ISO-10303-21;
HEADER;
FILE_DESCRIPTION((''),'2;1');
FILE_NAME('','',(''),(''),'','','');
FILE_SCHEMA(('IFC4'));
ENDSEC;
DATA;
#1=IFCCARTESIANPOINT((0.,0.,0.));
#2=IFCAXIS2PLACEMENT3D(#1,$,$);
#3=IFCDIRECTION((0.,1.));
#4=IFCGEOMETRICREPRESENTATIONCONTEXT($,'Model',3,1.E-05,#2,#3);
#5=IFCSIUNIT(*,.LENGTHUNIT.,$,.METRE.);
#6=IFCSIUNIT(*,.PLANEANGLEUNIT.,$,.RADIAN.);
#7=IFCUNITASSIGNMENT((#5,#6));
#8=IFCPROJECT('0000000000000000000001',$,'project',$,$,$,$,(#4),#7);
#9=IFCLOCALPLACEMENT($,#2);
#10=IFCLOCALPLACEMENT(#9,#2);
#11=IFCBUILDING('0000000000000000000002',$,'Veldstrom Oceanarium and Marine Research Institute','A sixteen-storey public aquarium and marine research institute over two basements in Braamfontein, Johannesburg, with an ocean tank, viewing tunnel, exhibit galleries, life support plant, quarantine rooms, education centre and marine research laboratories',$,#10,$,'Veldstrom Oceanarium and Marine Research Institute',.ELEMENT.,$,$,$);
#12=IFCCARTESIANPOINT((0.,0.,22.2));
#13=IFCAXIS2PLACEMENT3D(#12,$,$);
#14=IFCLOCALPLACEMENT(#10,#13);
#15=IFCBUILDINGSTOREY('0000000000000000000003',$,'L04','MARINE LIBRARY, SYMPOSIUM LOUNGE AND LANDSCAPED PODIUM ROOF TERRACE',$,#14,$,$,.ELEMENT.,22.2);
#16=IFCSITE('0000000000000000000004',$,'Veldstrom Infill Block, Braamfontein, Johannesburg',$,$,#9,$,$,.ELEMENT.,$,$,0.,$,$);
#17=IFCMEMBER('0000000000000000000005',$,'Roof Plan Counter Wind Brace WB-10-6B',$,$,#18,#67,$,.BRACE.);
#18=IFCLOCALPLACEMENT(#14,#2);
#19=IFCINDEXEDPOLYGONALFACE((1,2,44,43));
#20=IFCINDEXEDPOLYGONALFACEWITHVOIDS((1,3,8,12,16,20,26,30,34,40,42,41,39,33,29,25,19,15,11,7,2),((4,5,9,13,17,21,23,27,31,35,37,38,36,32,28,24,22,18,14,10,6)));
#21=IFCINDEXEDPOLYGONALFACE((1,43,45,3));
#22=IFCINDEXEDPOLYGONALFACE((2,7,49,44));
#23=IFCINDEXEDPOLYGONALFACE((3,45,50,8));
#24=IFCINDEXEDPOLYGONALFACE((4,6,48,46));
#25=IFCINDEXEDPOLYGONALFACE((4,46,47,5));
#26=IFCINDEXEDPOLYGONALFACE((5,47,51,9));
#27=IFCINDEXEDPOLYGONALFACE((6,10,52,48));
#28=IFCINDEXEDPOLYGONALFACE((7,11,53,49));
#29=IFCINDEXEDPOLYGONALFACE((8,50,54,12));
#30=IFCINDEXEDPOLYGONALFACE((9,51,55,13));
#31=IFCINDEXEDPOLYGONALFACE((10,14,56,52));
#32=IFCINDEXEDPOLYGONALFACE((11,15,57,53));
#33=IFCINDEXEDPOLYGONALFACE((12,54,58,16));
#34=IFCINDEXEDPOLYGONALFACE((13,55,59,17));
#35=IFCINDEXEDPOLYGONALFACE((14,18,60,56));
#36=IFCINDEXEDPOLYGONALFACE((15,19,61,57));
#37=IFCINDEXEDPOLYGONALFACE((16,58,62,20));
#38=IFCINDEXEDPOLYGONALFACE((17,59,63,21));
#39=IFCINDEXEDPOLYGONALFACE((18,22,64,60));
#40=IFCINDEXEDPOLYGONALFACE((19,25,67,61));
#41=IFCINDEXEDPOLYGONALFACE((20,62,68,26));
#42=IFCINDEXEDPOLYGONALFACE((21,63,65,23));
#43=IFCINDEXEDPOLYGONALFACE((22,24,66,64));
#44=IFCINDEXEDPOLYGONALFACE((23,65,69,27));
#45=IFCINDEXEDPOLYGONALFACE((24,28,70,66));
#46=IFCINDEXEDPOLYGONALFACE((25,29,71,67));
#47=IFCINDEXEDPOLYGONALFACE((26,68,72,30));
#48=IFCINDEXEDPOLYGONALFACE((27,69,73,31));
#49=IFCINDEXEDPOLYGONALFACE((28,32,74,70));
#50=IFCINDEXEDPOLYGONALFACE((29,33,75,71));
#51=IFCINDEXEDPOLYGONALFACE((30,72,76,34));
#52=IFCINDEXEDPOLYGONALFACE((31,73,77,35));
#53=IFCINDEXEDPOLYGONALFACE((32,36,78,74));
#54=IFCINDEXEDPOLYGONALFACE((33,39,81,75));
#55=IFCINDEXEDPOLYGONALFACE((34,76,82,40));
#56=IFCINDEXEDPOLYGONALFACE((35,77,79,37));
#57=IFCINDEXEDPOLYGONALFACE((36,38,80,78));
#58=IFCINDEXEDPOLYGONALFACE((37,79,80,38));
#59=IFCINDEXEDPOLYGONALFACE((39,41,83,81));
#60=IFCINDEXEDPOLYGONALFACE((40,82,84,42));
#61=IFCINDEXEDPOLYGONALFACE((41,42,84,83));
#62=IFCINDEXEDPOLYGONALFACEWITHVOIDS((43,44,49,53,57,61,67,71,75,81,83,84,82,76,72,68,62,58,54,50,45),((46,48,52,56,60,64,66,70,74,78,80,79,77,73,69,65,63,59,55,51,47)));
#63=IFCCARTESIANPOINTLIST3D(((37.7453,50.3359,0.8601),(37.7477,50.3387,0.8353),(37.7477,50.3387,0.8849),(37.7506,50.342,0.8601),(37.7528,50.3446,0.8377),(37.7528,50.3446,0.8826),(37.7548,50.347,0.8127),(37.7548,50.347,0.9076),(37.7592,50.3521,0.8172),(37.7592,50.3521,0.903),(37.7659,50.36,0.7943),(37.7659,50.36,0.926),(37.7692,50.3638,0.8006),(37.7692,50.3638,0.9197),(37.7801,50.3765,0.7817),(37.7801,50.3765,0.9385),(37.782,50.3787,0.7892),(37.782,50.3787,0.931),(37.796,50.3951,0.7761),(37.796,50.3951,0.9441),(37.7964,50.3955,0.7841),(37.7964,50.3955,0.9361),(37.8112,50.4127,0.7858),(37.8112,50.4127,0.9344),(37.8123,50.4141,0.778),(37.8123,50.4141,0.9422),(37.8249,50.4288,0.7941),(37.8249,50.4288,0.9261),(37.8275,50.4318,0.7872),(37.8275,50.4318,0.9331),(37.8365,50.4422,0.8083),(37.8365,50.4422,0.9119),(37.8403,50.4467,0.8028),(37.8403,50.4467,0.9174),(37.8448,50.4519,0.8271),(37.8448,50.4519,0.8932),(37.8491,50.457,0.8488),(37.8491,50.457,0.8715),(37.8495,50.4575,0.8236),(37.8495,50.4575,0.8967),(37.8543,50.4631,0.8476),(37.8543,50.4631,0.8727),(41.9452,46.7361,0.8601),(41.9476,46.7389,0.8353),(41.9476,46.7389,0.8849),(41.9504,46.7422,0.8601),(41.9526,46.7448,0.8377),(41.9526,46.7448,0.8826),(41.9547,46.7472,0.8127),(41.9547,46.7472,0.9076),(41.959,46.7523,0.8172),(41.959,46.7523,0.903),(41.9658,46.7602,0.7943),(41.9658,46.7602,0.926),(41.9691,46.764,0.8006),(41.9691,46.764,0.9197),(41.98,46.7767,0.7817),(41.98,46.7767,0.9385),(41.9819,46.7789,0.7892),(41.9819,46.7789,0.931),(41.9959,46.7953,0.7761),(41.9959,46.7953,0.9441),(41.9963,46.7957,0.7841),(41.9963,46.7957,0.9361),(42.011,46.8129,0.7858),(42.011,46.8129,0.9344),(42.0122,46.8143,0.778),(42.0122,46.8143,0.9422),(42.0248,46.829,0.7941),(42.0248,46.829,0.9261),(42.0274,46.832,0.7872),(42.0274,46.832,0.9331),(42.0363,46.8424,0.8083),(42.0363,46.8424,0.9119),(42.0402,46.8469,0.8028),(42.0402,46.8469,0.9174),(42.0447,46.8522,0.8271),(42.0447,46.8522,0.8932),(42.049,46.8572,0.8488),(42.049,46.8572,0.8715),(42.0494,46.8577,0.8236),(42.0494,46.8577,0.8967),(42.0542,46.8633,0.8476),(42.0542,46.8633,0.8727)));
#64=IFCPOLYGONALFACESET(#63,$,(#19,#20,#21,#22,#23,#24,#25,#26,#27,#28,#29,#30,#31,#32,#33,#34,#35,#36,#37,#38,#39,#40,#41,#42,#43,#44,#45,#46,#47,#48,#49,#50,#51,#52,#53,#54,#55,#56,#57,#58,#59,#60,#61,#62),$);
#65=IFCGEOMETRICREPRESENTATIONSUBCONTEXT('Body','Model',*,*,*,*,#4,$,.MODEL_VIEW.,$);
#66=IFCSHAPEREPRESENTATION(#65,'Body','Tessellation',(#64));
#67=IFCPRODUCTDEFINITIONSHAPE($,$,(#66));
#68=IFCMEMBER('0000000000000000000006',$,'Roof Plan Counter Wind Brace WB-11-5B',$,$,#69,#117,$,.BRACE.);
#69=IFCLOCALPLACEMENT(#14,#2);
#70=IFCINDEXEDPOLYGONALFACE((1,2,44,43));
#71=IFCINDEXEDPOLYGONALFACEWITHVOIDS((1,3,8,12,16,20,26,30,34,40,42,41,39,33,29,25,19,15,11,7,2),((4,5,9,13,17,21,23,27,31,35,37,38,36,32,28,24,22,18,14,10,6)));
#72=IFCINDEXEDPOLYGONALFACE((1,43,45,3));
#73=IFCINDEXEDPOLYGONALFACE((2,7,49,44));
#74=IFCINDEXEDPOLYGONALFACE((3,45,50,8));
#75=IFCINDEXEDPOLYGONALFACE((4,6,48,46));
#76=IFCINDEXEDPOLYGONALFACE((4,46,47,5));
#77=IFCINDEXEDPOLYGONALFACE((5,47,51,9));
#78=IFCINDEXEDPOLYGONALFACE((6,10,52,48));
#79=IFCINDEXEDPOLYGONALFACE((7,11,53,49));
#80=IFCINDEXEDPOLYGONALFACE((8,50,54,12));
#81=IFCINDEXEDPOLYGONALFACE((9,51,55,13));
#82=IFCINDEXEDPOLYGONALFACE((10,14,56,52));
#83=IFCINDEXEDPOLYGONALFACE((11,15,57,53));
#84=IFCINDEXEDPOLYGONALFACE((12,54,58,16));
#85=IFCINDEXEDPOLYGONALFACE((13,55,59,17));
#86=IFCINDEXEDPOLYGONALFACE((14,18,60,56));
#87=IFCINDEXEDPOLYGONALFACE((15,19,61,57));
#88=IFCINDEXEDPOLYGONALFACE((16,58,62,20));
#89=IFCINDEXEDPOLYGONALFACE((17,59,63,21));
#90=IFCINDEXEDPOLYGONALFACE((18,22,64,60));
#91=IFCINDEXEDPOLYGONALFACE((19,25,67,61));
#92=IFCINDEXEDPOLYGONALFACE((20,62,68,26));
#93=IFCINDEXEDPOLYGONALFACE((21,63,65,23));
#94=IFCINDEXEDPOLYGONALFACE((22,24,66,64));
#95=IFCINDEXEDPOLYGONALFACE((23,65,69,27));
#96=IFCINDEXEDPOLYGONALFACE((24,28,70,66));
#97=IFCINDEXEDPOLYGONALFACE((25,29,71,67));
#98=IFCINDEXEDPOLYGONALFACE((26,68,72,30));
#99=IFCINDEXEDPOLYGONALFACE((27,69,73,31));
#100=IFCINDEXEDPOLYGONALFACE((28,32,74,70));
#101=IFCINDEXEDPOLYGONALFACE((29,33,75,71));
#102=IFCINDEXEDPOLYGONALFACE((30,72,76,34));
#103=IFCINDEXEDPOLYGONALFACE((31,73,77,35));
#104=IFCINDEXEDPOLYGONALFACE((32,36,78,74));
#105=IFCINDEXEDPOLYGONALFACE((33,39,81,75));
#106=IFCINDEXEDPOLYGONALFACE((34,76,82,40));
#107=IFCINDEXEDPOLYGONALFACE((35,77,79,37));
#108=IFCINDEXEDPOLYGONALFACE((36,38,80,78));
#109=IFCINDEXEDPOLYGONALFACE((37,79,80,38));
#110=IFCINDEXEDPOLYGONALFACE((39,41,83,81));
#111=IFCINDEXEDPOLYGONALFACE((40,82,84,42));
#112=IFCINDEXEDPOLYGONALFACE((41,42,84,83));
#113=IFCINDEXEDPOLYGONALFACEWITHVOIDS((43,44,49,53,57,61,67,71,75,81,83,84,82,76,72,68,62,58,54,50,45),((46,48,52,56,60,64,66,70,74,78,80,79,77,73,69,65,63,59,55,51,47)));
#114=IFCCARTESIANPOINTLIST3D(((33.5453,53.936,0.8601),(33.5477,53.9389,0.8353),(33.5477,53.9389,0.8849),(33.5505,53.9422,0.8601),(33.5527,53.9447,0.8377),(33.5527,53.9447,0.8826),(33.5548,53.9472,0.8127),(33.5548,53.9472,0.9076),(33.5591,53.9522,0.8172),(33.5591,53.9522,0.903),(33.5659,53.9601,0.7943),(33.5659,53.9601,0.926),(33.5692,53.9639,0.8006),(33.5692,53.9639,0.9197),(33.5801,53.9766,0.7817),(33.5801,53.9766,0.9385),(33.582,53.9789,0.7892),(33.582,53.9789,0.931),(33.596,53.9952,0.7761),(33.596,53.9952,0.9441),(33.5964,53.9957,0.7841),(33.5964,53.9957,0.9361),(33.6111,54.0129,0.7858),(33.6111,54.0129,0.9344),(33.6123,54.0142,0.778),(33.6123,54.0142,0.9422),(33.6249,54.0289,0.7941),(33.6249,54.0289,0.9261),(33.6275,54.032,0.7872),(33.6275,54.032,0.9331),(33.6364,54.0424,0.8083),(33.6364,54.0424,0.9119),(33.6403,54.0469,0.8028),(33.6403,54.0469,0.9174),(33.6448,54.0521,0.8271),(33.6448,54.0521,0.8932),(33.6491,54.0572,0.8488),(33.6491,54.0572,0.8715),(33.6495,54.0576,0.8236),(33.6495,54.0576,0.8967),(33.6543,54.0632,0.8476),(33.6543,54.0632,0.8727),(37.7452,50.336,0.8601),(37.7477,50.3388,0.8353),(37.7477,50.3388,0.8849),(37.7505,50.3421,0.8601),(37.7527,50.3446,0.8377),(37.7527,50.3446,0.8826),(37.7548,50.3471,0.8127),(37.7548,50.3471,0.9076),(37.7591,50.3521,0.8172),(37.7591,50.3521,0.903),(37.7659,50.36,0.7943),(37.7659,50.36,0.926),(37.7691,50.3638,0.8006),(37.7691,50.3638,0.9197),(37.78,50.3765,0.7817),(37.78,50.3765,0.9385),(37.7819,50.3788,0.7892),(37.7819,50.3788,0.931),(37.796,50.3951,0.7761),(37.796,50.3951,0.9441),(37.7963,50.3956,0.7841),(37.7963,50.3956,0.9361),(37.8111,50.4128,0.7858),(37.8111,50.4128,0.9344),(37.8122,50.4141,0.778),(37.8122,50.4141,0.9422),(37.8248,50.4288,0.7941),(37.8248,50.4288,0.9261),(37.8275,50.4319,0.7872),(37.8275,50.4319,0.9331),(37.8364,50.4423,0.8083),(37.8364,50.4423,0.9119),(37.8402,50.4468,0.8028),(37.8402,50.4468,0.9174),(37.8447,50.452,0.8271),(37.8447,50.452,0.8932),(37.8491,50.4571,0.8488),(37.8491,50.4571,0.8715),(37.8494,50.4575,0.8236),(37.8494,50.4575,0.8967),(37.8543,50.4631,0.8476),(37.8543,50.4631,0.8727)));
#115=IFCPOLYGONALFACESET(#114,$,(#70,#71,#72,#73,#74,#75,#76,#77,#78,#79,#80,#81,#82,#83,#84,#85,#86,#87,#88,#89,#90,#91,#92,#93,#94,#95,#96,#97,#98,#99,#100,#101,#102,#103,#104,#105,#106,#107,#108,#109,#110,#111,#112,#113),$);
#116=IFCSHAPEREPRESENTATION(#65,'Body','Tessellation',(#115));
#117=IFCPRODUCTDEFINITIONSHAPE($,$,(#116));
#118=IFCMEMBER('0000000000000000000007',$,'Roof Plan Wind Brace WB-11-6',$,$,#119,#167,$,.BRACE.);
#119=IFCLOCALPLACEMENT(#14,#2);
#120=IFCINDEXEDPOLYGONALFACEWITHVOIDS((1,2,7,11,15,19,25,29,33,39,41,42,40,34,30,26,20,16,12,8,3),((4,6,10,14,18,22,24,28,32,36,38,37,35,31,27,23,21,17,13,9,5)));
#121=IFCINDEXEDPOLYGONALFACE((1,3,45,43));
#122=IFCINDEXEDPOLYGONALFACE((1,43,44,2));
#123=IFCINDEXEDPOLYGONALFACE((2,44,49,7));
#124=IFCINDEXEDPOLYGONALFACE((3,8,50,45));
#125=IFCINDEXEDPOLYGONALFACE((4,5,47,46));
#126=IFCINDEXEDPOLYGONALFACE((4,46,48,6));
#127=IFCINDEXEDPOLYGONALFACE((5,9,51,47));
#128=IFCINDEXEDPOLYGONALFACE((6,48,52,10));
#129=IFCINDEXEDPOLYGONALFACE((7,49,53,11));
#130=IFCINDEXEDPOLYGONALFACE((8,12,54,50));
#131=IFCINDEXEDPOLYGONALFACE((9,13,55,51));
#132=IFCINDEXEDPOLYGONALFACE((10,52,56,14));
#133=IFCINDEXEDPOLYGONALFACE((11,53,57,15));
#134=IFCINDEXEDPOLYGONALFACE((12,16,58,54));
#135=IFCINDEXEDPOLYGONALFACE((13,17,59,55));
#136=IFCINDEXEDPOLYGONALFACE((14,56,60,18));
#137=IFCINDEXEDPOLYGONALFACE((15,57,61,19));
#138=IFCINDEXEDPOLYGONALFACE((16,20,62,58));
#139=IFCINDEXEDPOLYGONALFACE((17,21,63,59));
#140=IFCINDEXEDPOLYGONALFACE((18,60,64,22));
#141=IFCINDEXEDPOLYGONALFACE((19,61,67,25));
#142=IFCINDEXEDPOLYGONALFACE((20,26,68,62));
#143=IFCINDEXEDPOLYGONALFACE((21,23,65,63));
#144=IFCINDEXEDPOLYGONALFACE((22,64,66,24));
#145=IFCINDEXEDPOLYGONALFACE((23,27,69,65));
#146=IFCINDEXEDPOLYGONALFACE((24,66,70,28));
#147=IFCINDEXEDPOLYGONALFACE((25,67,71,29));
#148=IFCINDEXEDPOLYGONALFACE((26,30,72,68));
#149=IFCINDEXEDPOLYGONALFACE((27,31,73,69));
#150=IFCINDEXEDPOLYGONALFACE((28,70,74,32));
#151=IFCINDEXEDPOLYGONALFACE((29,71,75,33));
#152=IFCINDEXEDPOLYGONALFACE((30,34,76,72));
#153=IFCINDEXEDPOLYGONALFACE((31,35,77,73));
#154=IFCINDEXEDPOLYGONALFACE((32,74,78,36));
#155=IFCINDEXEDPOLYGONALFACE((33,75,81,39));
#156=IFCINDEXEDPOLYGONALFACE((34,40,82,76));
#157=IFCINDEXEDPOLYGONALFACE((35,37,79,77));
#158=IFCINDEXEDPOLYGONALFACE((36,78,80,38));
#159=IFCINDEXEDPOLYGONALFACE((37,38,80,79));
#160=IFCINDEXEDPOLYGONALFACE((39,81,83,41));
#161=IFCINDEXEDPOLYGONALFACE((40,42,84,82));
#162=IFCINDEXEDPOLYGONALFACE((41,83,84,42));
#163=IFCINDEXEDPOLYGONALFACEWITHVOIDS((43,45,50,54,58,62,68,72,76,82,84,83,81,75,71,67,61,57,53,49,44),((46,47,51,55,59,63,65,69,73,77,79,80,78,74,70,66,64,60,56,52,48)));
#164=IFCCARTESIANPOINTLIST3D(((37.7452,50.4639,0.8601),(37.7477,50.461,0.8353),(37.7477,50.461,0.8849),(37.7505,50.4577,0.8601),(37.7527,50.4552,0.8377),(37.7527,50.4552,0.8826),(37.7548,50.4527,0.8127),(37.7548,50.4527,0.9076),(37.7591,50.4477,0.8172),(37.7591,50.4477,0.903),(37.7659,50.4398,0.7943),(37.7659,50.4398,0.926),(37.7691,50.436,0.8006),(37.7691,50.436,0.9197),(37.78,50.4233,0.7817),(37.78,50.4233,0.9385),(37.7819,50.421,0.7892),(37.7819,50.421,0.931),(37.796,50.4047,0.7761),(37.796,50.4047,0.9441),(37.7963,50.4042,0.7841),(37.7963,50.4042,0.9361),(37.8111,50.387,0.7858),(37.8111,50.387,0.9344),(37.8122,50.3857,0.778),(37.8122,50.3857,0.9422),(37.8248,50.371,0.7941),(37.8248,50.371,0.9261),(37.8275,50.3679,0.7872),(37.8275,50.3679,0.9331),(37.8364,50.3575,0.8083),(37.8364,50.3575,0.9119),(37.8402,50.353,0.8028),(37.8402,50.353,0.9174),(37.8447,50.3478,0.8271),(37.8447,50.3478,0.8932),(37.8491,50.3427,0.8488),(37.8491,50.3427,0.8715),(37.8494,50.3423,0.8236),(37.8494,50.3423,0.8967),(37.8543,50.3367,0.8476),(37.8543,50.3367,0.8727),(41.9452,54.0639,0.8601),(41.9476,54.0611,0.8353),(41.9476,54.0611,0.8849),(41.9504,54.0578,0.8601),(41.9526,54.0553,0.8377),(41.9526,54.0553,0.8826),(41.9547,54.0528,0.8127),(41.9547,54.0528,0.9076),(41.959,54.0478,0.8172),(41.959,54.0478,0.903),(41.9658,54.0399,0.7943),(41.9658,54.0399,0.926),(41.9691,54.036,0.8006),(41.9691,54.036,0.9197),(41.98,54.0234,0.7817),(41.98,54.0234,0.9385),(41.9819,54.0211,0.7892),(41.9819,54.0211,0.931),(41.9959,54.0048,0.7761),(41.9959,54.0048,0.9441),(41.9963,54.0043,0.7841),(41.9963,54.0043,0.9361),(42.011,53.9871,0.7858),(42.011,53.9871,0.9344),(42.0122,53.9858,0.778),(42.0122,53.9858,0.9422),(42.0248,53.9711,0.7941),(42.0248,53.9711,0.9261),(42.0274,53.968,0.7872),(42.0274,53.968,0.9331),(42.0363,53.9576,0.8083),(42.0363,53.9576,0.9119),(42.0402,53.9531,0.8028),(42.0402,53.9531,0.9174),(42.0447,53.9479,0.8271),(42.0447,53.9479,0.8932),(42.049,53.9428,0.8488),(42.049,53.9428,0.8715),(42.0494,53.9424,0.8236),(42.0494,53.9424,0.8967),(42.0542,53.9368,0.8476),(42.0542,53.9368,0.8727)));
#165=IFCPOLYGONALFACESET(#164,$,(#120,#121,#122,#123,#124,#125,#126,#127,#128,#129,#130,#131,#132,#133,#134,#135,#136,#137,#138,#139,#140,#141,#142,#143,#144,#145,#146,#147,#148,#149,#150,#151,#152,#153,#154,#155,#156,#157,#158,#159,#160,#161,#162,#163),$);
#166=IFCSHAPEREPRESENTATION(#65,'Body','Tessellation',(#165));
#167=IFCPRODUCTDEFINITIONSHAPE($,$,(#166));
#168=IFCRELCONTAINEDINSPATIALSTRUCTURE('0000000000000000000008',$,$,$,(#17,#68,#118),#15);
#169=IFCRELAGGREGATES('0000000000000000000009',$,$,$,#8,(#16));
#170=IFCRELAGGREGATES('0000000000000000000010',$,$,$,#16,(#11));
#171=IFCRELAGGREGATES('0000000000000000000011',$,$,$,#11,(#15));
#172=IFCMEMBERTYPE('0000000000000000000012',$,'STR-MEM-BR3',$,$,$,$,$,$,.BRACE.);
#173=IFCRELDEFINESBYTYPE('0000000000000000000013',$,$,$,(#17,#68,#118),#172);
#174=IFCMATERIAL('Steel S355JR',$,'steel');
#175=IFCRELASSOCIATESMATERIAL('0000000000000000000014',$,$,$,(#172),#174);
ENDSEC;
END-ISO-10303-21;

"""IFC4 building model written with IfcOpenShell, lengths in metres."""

from ifc_helpers import new_model, si_unit, direction, frame, origin, origin_2d, place, context, subcontext, project, spatial, hollow_circle, extrude, material, material_profile, profile_set, type_object, element, save


model = new_model("IFC4")

# Units and contexts
model_context = context("Model", 3, precision=1e-05, world=origin(), true_north=direction((0.0, 1.0)))
body_context = subcontext(model_context, "Body", "Model", "MODEL_VIEW")
ifc_project = project(units=[si_unit("LENGTHUNIT", "METRE"), si_unit("PLANEANGLEUNIT", "RADIAN")], contexts=[model_context])

# Site, building, storey
site_placement = place(None, origin())
site = spatial("IfcSite", under=ifc_project, at=site_placement, Name="Veldstrom Infill Block, Braamfontein, Johannesburg", CompositionType="ELEMENT", RefElevation=0.0)
building_placement = place(site_placement, origin())
building = spatial("IfcBuilding", under=site, at=building_placement, Name="Veldstrom Oceanarium and Marine Research Institute", Description="A sixteen-storey public aquarium and marine research institute over two basements in Braamfontein, Johannesburg, with an ocean tank, viewing tunnel, exhibit galleries, life support plant, quarantine rooms, education centre and marine research laboratories", LongName="Veldstrom Oceanarium and Marine Research Institute", CompositionType="ELEMENT")
storey_placement = place(building_placement, frame((0.0, 0.0, 22.2)))
storey = spatial("IfcBuildingStorey", under=building, at=storey_placement, Name="L04", Description="MARINE LIBRARY, SYMPOSIUM LOUNGE AND LANDSCAPED PODIUM ROOF TERRACE", CompositionType="ELEMENT", Elevation=22.2)

# Members
ifc_material_1 = material(Name="Steel S355JR", Category="steel")
ifc_material_profile_1 = material_profile(ifc_material_1, hollow_circle(Radius=0.0842, WallThickness=0.0081, at=origin_2d()), Name="CHS 168.3x8")
ifc_profile_set_1 = profile_set([ifc_material_profile_1], Name="Steel S355JR")
member_type_1 = type_object("IfcMemberType", Name="STR-MEM-BR3", PredefinedType="BRACE", material=ifc_profile_set_1)
member_1_placement = place(storey_placement, frame((42.0, 46.8, 0.8601), z_axis=(-0.759266, 0.65078, 0.0), x_axis=(-0.65078, -0.759266, 0.0)))
element("IfcMember", 1, at=member_1_placement, inside=storey, type_object=member_type_1, Name="Roof Plan Counter Wind Brace WB-10-6B", PredefinedType="BRACE", context=body_context, shape_type="SweptSolid", body=[
    extrude(hollow_circle(Radius=0.0842, WallThickness=0.0081, at=origin_2d()), origin(), (0.0, 0.0, 1.0), 5.5315),
])
for number, where, z_axis, x_axis, name in (
    (2, (37.8, 50.3999, 0.8601), (-0.759244, 0.650806, 0.0), (-0.650806, -0.759244, 0.0), "Roof Plan Counter Wind Brace WB-11-5B"),
    (3, (37.8, 50.3999, 0.8601), (0.759244, 0.650806, 0.0), (-0.650806, 0.759244, 0.0), "Roof Plan Wind Brace WB-11-6"),
):
    element("IfcMember", number, at=place(storey_placement, frame(where, z_axis=z_axis, x_axis=x_axis)), inside=storey, type_object=member_type_1, Name=name, PredefinedType="BRACE", context=body_context, shape_type="SweptSolid", body=[
        extrude(hollow_circle(Radius=0.0842, WallThickness=0.0081, at=origin_2d()), origin(), (0.0, 0.0, 1.0), 5.5317),
    ])

save(model, "model.ifc")
